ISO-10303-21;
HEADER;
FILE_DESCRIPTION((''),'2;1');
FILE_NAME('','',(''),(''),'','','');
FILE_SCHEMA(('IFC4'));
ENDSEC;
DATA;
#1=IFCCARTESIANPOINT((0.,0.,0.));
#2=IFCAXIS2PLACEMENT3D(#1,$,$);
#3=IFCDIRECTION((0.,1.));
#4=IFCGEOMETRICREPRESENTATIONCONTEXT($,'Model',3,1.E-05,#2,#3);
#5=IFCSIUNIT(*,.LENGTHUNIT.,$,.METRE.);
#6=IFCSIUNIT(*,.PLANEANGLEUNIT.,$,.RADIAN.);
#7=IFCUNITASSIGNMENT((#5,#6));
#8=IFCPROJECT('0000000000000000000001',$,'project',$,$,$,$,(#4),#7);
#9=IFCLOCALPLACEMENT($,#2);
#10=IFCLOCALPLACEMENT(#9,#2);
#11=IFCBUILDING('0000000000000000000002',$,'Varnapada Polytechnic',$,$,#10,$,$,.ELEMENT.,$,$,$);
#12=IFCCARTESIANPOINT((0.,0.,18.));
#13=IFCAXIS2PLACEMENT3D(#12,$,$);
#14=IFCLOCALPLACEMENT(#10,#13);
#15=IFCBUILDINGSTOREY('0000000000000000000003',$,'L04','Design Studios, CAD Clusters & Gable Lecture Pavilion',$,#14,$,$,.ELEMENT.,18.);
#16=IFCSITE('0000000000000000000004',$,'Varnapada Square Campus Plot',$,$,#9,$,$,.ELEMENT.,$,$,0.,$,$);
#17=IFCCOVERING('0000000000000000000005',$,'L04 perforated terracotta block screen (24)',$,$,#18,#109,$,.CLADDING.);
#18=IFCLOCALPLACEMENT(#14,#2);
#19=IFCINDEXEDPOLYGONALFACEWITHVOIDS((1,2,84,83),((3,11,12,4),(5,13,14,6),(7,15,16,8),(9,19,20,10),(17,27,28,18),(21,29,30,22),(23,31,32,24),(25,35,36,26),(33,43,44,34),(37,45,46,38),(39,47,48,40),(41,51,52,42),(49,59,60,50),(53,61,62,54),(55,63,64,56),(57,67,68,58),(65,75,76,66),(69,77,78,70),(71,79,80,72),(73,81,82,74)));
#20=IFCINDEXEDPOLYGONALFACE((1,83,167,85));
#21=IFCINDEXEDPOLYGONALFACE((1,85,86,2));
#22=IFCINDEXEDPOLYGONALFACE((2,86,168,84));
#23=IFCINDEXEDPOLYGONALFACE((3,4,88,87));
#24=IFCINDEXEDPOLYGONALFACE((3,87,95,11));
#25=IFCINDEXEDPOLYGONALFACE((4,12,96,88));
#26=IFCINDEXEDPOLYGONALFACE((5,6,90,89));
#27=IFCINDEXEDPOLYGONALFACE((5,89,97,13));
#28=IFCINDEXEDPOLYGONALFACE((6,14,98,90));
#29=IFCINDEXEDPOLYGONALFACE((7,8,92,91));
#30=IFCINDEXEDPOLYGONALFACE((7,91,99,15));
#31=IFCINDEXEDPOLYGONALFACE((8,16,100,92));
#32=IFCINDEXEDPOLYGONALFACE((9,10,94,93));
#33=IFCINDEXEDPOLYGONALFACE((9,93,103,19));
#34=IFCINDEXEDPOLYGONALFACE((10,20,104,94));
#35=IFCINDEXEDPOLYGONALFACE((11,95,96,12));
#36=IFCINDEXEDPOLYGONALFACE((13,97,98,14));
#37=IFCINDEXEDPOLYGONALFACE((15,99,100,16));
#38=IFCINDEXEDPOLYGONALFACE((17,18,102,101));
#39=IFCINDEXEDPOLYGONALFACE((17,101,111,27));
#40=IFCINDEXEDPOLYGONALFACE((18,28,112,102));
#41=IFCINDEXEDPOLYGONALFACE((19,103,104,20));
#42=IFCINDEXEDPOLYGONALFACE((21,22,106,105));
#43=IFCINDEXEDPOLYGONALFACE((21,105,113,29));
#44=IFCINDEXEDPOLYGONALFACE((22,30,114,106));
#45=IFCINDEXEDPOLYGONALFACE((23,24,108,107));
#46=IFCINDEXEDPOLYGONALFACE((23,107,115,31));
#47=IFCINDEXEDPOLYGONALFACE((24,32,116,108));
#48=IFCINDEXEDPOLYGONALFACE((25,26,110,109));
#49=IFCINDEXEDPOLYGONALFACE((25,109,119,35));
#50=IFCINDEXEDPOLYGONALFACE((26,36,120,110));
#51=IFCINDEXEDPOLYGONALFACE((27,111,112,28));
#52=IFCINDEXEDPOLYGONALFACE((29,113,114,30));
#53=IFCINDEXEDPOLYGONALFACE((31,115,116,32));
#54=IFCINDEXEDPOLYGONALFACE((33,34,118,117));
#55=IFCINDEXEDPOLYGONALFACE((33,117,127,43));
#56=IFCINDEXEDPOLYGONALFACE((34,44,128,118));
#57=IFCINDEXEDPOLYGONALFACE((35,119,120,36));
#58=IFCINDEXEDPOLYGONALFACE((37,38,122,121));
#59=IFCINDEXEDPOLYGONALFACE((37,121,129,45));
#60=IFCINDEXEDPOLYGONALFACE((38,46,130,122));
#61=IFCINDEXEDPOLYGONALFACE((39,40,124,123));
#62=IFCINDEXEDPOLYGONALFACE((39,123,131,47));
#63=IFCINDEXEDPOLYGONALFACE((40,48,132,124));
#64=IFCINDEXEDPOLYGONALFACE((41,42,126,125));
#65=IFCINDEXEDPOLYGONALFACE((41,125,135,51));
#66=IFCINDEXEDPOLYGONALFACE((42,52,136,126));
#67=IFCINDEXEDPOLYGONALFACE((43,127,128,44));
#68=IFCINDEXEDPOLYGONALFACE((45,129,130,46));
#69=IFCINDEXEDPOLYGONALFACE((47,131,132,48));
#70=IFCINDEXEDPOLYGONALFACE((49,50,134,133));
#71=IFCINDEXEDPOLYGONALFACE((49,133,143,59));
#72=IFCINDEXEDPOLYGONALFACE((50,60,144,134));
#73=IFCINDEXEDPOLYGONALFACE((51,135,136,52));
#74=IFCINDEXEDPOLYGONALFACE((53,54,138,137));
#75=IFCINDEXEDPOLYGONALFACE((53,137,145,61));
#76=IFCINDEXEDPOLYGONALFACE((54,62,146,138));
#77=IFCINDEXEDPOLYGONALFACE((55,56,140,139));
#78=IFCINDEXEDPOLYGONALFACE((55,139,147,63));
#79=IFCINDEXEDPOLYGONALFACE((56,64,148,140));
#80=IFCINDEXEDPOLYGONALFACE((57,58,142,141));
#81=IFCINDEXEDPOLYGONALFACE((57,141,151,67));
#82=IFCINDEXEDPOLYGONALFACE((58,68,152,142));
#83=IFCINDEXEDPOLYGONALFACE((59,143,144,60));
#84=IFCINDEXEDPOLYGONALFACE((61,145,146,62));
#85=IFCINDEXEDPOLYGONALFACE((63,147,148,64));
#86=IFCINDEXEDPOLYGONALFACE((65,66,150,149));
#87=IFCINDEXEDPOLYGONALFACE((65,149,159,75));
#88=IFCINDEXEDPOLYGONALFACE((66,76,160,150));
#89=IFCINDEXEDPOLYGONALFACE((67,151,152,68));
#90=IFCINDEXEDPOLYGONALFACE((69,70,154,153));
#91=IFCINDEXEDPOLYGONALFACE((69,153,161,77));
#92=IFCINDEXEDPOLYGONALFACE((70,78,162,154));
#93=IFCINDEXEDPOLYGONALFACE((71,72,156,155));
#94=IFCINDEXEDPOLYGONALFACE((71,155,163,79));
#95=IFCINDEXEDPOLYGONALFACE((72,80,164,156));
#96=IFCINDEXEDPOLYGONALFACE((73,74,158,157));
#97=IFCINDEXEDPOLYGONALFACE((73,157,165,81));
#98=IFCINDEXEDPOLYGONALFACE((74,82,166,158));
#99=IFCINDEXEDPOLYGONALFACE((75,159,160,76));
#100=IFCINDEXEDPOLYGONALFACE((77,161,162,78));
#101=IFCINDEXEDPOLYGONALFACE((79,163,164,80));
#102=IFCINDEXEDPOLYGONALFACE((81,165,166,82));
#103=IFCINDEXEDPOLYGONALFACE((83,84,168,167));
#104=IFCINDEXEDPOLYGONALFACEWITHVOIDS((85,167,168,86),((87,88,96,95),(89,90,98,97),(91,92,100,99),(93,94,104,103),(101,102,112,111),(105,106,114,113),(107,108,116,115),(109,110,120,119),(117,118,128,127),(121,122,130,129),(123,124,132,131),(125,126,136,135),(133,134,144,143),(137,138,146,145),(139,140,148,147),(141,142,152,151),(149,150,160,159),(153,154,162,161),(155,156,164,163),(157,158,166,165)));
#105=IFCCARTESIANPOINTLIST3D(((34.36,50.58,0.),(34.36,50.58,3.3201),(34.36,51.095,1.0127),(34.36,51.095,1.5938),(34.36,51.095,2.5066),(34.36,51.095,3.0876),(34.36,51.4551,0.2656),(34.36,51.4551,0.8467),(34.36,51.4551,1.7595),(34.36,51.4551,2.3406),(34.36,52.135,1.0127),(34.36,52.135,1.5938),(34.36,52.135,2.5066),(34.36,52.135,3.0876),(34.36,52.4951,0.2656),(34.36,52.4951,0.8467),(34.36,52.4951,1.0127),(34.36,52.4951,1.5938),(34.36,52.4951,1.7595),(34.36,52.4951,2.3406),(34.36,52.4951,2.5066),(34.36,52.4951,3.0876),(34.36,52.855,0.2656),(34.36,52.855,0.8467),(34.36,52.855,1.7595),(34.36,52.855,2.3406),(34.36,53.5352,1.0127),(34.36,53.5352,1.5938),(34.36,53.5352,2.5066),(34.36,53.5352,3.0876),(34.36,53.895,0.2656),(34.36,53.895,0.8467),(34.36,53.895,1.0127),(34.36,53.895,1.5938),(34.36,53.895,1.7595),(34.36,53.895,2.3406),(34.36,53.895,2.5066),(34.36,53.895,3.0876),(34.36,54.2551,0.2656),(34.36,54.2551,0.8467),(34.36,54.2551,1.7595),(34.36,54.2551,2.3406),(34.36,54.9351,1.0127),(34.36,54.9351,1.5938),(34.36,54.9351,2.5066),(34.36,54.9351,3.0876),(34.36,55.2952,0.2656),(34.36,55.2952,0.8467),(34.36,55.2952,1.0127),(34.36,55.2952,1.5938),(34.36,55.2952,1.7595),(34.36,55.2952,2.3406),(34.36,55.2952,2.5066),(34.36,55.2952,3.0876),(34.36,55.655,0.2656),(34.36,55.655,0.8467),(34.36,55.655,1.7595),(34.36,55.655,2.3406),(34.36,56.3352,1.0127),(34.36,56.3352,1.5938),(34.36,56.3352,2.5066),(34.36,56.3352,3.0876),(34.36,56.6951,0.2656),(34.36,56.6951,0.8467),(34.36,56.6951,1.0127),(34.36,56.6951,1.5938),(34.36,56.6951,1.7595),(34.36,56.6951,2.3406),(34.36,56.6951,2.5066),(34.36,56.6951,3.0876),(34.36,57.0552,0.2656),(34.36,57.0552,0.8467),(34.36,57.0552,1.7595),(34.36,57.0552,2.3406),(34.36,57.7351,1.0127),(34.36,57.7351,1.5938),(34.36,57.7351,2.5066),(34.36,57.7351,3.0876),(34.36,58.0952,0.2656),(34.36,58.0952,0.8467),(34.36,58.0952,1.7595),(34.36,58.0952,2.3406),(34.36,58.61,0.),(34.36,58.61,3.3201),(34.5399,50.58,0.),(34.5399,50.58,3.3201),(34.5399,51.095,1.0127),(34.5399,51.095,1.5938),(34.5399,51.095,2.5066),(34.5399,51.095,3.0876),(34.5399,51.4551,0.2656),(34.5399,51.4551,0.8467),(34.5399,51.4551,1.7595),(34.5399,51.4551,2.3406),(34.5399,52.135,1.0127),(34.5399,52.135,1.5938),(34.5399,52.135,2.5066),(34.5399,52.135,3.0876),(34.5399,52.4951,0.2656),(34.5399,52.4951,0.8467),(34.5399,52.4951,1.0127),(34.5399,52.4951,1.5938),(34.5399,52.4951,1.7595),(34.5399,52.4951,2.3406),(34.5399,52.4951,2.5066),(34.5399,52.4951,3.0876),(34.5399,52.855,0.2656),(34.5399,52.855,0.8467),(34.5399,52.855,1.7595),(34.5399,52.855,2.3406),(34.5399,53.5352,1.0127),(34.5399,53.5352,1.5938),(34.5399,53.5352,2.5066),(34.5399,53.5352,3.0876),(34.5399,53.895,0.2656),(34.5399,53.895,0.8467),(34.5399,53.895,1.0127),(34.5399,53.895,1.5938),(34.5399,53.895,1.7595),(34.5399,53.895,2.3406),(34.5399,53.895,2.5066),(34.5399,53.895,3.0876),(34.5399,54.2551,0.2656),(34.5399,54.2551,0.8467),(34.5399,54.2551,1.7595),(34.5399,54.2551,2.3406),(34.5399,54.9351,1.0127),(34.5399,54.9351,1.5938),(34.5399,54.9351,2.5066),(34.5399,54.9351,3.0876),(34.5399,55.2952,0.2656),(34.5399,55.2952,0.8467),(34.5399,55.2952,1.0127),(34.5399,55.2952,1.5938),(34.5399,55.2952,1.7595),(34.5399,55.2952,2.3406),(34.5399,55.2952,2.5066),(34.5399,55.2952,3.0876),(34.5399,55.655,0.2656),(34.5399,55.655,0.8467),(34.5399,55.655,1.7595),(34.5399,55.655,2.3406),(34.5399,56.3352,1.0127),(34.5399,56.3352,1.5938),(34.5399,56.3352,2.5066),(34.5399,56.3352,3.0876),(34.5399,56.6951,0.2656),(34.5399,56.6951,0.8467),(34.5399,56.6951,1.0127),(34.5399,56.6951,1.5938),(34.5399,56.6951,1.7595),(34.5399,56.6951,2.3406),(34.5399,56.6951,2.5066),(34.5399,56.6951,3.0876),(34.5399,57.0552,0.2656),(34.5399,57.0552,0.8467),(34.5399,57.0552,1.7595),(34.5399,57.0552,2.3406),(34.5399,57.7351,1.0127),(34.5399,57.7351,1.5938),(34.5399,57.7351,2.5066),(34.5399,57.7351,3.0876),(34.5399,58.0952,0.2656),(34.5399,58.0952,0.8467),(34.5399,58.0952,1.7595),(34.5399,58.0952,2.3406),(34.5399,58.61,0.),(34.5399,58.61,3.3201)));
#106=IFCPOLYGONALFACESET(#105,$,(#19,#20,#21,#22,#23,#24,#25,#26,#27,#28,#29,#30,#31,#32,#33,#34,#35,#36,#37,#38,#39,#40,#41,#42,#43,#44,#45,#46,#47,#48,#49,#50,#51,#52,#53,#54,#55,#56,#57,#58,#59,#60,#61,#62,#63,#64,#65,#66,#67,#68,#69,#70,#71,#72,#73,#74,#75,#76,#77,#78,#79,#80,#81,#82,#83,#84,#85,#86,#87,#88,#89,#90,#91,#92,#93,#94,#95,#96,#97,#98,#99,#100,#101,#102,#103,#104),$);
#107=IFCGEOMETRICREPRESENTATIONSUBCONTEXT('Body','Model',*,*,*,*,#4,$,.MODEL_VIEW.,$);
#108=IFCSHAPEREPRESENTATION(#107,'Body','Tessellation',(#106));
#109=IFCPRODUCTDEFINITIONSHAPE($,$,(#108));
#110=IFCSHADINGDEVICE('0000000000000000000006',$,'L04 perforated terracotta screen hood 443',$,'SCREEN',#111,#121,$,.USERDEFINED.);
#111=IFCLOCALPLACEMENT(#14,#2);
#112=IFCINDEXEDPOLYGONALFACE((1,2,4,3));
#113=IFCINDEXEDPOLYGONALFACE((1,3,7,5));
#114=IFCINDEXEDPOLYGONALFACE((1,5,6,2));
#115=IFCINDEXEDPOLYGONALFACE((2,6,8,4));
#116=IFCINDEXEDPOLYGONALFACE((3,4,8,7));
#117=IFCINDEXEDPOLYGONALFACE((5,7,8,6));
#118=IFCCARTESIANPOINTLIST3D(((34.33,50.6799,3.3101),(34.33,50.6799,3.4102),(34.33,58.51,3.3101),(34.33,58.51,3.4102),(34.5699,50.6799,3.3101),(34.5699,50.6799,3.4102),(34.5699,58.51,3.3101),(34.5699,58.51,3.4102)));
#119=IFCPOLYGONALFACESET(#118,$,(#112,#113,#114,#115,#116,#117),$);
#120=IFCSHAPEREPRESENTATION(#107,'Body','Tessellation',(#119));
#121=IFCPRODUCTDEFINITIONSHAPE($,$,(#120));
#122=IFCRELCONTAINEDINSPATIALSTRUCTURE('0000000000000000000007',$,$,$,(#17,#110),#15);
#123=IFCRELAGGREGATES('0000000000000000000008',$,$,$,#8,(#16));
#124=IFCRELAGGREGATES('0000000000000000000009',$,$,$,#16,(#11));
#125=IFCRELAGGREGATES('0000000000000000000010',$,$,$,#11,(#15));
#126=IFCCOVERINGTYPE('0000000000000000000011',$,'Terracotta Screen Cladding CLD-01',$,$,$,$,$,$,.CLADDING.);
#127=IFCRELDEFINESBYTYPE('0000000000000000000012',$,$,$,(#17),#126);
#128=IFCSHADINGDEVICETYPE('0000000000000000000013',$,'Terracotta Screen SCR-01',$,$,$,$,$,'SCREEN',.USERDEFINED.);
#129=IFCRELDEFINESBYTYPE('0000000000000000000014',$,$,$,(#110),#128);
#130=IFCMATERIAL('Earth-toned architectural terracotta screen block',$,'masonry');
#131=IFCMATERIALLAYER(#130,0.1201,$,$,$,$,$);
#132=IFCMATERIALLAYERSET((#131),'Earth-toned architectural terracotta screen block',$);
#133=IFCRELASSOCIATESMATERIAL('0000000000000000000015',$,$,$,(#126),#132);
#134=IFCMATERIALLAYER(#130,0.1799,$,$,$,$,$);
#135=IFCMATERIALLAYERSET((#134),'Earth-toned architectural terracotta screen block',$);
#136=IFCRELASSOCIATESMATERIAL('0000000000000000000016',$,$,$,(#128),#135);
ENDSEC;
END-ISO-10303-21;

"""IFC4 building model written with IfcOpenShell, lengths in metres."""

from ifc_helpers import new_model, si_unit, direction, frame, frame_2d, origin, origin_2d, place, context, subcontext, project, spatial, rectangle, extrude, material, layer, layer_set, type_object, element, save


model = new_model("IFC4")

# Units and contexts
model_context = context("Model", 3, precision=1e-05, world=origin(), true_north=direction((0.0, 1.0)))
body_context = subcontext(model_context, "Body", "Model", "MODEL_VIEW")
ifc_project = project(units=[si_unit("LENGTHUNIT", "METRE"), si_unit("PLANEANGLEUNIT", "RADIAN")], contexts=[model_context])

# Site, building, storey
site_placement = place(None, origin())
site = spatial("IfcSite", under=ifc_project, at=site_placement, Name="Varnapada Square Campus Plot", CompositionType="ELEMENT", RefElevation=0.0)
building_placement = place(site_placement, origin())
building = spatial("IfcBuilding", under=site, at=building_placement, Name="Varnapada Polytechnic", CompositionType="ELEMENT")
storey_placement = place(building_placement, frame((0.0, 0.0, 18.0)))
storey = spatial("IfcBuildingStorey", under=building, at=storey_placement, Name="L04", Description="Design Studios, CAD Clusters & Gable Lecture Pavilion", CompositionType="ELEMENT", Elevation=18.0)

# Covering, openings
ifc_material_1 = material(Name="Earth-toned architectural terracotta screen block", Category="masonry")
ifc_layer_1 = layer(ifc_material_1, 0.1201)
ifc_layer_set_1 = layer_set([ifc_layer_1], Name="Earth-toned architectural terracotta screen block")
covering_type_1 = type_object("IfcCoveringType", Name="Terracotta Screen Cladding CLD-01", PredefinedType="CLADDING", material=ifc_layer_set_1)
covering_1_placement = place(storey_placement, frame((34.45, 58.6101, 0.0), z_axis=(0.0, 0.0, 1.0), x_axis=(0.0, -1.0, 0.0)))
covering_1 = element("IfcCovering", 1, at=covering_1_placement, inside=storey, type_object=covering_type_1, Name="L04 perforated terracotta block screen (24)", PredefinedType="CLADDING", context=body_context, shape_type="SweptSolid", body=[
    extrude(rectangle(XDim=8.03, YDim=0.1799, at=frame_2d((4.0151, 0.0))), origin(), (0.0, 0.0, 1.0), 3.3201),
])
opening_1_placement = place(covering_1_placement, frame((0.5149, 0.0, 0.2656)))
element("IfcOpeningElement", 2, at=opening_1_placement, cuts=covering_1, PredefinedType="OPENING", context=body_context, shape_type="SweptSolid", body=[
    extrude(rectangle(XDim=1.04, YDim=0.5811, at=frame_2d((0.52, 0.2905))), frame((0.0, 0.0999, 0.0), z_axis=(0.0, -1.0, 0.0), x_axis=(1.0, 0.0, 0.0)), (0.0, 0.0, 1.0), 0.2),
])
opening_2_placement = place(covering_1_placement, frame((1.915, 0.0, 0.2656)))
element("IfcOpeningElement", 3, at=opening_2_placement, cuts=covering_1, PredefinedType="OPENING", context=body_context, shape_type="SweptSolid", body=[
    extrude(rectangle(XDim=1.04, YDim=0.5811, at=frame_2d((0.52, 0.2905))), frame((0.0, 0.0999, 0.0), z_axis=(0.0, -1.0, 0.0), x_axis=(1.0, 0.0, 0.0)), (0.0, 0.0, 1.0), 0.2),
])
opening_3_placement = place(covering_1_placement, frame((3.3149, 0.0, 0.2656)))
element("IfcOpeningElement", 4, at=opening_3_placement, cuts=covering_1, PredefinedType="OPENING", context=body_context, shape_type="SweptSolid", body=[
    extrude(rectangle(XDim=1.04, YDim=0.5811, at=frame_2d((0.52, 0.2905))), frame((0.0, 0.0999, 0.0), z_axis=(0.0, -1.0, 0.0), x_axis=(1.0, 0.0, 0.0)), (0.0, 0.0, 1.0), 0.2),
])
opening_4_placement = place(covering_1_placement, frame((4.7151, 0.0, 0.2656)))
element("IfcOpeningElement", 5, at=opening_4_placement, cuts=covering_1, PredefinedType="OPENING", context=body_context, shape_type="SweptSolid", body=[
    extrude(rectangle(XDim=1.04, YDim=0.5811, at=frame_2d((0.52, 0.2905))), frame((0.0, 0.0999, 0.0), z_axis=(0.0, -1.0, 0.0), x_axis=(1.0, 0.0, 0.0)), (0.0, 0.0, 1.0), 0.2),
])
opening_5_placement = place(covering_1_placement, frame((6.115, 0.0, 0.2656)))
element("IfcOpeningElement", 6, at=opening_5_placement, cuts=covering_1, PredefinedType="OPENING", context=body_context, shape_type="SweptSolid", body=[
    extrude(rectangle(XDim=1.04, YDim=0.5811, at=frame_2d((0.52, 0.2905))), frame((0.0, 0.0999, 0.0), z_axis=(0.0, -1.0, 0.0), x_axis=(1.0, 0.0, 0.0)), (0.0, 0.0, 1.0), 0.2),
])
opening_6_placement = place(covering_1_placement, frame((0.875, 0.0, 1.0127)))
element("IfcOpeningElement", 7, at=opening_6_placement, cuts=covering_1, PredefinedType="OPENING", context=body_context, shape_type="SweptSolid", body=[
    extrude(rectangle(XDim=1.04, YDim=0.5811, at=frame_2d((0.52, 0.2905))), frame((0.0, 0.0999, 0.0), z_axis=(0.0, -1.0, 0.0), x_axis=(1.0, 0.0, 0.0)), (0.0, 0.0, 1.0), 0.2),
])
opening_7_placement = place(covering_1_placement, frame((2.2749, 0.0, 1.0127)))
element("IfcOpeningElement", 8, at=opening_7_placement, cuts=covering_1, PredefinedType="OPENING", context=body_context, shape_type="SweptSolid", body=[
    extrude(rectangle(XDim=1.04, YDim=0.5811, at=frame_2d((0.52, 0.2905))), frame((0.0, 0.0999, 0.0), z_axis=(0.0, -1.0, 0.0), x_axis=(1.0, 0.0, 0.0)), (0.0, 0.0, 1.0), 0.2),
])
opening_8_placement = place(covering_1_placement, frame((3.675, 0.0, 1.0127)))
element("IfcOpeningElement", 9, at=opening_8_placement, cuts=covering_1, PredefinedType="OPENING", context=body_context, shape_type="SweptSolid", body=[
    extrude(rectangle(XDim=1.04, YDim=0.5811, at=frame_2d((0.52, 0.2905))), frame((0.0, 0.0999, 0.0), z_axis=(0.0, -1.0, 0.0), x_axis=(1.0, 0.0, 0.0)), (0.0, 0.0, 1.0), 0.2),
])
opening_9_placement = place(covering_1_placement, frame((5.075, 0.0, 1.0127)))
element("IfcOpeningElement", 10, at=opening_9_placement, cuts=covering_1, PredefinedType="OPENING", context=body_context, shape_type="SweptSolid", body=[
    extrude(rectangle(XDim=1.04, YDim=0.5811, at=frame_2d((0.52, 0.2905))), frame((0.0, 0.0999, 0.0), z_axis=(0.0, -1.0, 0.0), x_axis=(1.0, 0.0, 0.0)), (0.0, 0.0, 1.0), 0.2),
])
opening_10_placement = place(covering_1_placement, frame((6.4751, 0.0, 1.0127)))
element("IfcOpeningElement", 11, at=opening_10_placement, cuts=covering_1, PredefinedType="OPENING", context=body_context, shape_type="SweptSolid", body=[
    extrude(rectangle(XDim=1.04, YDim=0.5811, at=frame_2d((0.52, 0.2905))), frame((0.0, 0.0999, 0.0), z_axis=(0.0, -1.0, 0.0), x_axis=(1.0, 0.0, 0.0)), (0.0, 0.0, 1.0), 0.2),
])
opening_11_placement = place(covering_1_placement, frame((0.5149, 0.0, 1.7595)))
element("IfcOpeningElement", 12, at=opening_11_placement, cuts=covering_1, PredefinedType="OPENING", context=body_context, shape_type="SweptSolid", body=[
    extrude(rectangle(XDim=1.04, YDim=0.5811, at=frame_2d((0.52, 0.2905))), frame((0.0, 0.0999, 0.0), z_axis=(0.0, -1.0, 0.0), x_axis=(1.0, 0.0, 0.0)), (0.0, 0.0, 1.0), 0.2),
])
opening_12_placement = place(covering_1_placement, frame((1.915, 0.0, 1.7595)))
element("IfcOpeningElement", 13, at=opening_12_placement, cuts=covering_1, PredefinedType="OPENING", context=body_context, shape_type="SweptSolid", body=[
    extrude(rectangle(XDim=1.04, YDim=0.5811, at=frame_2d((0.52, 0.2905))), frame((0.0, 0.0999, 0.0), z_axis=(0.0, -1.0, 0.0), x_axis=(1.0, 0.0, 0.0)), (0.0, 0.0, 1.0), 0.2),
])
opening_13_placement = place(covering_1_placement, frame((3.3149, 0.0, 1.7595)))
element("IfcOpeningElement", 14, at=opening_13_placement, cuts=covering_1, PredefinedType="OPENING", context=body_context, shape_type="SweptSolid", body=[
    extrude(rectangle(XDim=1.04, YDim=0.5811, at=frame_2d((0.52, 0.2905))), frame((0.0, 0.0999, 0.0), z_axis=(0.0, -1.0, 0.0), x_axis=(1.0, 0.0, 0.0)), (0.0, 0.0, 1.0), 0.2),
])
opening_14_placement = place(covering_1_placement, frame((4.7151, 0.0, 1.7595)))
element("IfcOpeningElement", 15, at=opening_14_placement, cuts=covering_1, PredefinedType="OPENING", context=body_context, shape_type="SweptSolid", body=[
    extrude(rectangle(XDim=1.04, YDim=0.5811, at=frame_2d((0.52, 0.2905))), frame((0.0, 0.0999, 0.0), z_axis=(0.0, -1.0, 0.0), x_axis=(1.0, 0.0, 0.0)), (0.0, 0.0, 1.0), 0.2),
])
opening_15_placement = place(covering_1_placement, frame((6.115, 0.0, 1.7595)))
element("IfcOpeningElement", 16, at=opening_15_placement, cuts=covering_1, PredefinedType="OPENING", context=body_context, shape_type="SweptSolid", body=[
    extrude(rectangle(XDim=1.04, YDim=0.5811, at=frame_2d((0.52, 0.2905))), frame((0.0, 0.0999, 0.0), z_axis=(0.0, -1.0, 0.0), x_axis=(1.0, 0.0, 0.0)), (0.0, 0.0, 1.0), 0.2),
])
opening_16_placement = place(covering_1_placement, frame((0.875, 0.0, 2.5066)))
element("IfcOpeningElement", 17, at=opening_16_placement, cuts=covering_1, PredefinedType="OPENING", context=body_context, shape_type="SweptSolid", body=[
    extrude(rectangle(XDim=1.04, YDim=0.5811, at=frame_2d((0.52, 0.2905))), frame((0.0, 0.0999, 0.0), z_axis=(0.0, -1.0, 0.0), x_axis=(1.0, 0.0, 0.0)), (0.0, 0.0, 1.0), 0.2),
])
opening_17_placement = place(covering_1_placement, frame((2.2749, 0.0, 2.5066)))
element("IfcOpeningElement", 18, at=opening_17_placement, cuts=covering_1, PredefinedType="OPENING", context=body_context, shape_type="SweptSolid", body=[
    extrude(rectangle(XDim=1.04, YDim=0.5811, at=frame_2d((0.52, 0.2905))), frame((0.0, 0.0999, 0.0), z_axis=(0.0, -1.0, 0.0), x_axis=(1.0, 0.0, 0.0)), (0.0, 0.0, 1.0), 0.2),
])
opening_18_placement = place(covering_1_placement, frame((3.675, 0.0, 2.5066)))
element("IfcOpeningElement", 19, at=opening_18_placement, cuts=covering_1, PredefinedType="OPENING", context=body_context, shape_type="SweptSolid", body=[
    extrude(rectangle(XDim=1.04, YDim=0.5811, at=frame_2d((0.52, 0.2905))), frame((0.0, 0.0999, 0.0), z_axis=(0.0, -1.0, 0.0), x_axis=(1.0, 0.0, 0.0)), (0.0, 0.0, 1.0), 0.2),
])
opening_19_placement = place(covering_1_placement, frame((5.075, 0.0, 2.5066)))
element("IfcOpeningElement", 20, at=opening_19_placement, cuts=covering_1, PredefinedType="OPENING", context=body_context, shape_type="SweptSolid", body=[
    extrude(rectangle(XDim=1.04, YDim=0.5811, at=frame_2d((0.52, 0.2905))), frame((0.0, 0.0999, 0.0), z_axis=(0.0, -1.0, 0.0), x_axis=(1.0, 0.0, 0.0)), (0.0, 0.0, 1.0), 0.2),
])
opening_20_placement = place(covering_1_placement, frame((6.4751, 0.0, 2.5066)))
element("IfcOpeningElement", 21, at=opening_20_placement, cuts=covering_1, PredefinedType="OPENING", context=body_context, shape_type="SweptSolid", body=[
    extrude(rectangle(XDim=1.04, YDim=0.5811, at=frame_2d((0.52, 0.2905))), frame((0.0, 0.0999, 0.0), z_axis=(0.0, -1.0, 0.0), x_axis=(1.0, 0.0, 0.0)), (0.0, 0.0, 1.0), 0.2),
])

# Shading device
ifc_layer_2 = layer(ifc_material_1, 0.1799)
ifc_layer_set_2 = layer_set([ifc_layer_2], Name="Earth-toned architectural terracotta screen block")
shading_device_type = type_object("IfcShadingDeviceType", Name="Terracotta Screen SCR-01", ElementType="SCREEN", PredefinedType="USERDEFINED", material=ifc_layer_set_2)
shading_device_1_placement = place(storey_placement, frame((34.45, 54.595, 3.3101), z_axis=(0.0, 0.0, 1.0), x_axis=(0.0, -1.0, 0.0)))
element("IfcShadingDevice", 22, at=shading_device_1_placement, inside=storey, type_object=shading_device_type, Name="L04 perforated terracotta screen hood 443", ObjectType="SCREEN", PredefinedType="USERDEFINED", context=body_context, shape_type="SweptSolid", body=[
    extrude(rectangle(XDim=7.8301, YDim=0.24, at=origin_2d()), origin(), (0.0, 0.0, 1.0), 0.1001),
])

save(model, "model.ifc")
